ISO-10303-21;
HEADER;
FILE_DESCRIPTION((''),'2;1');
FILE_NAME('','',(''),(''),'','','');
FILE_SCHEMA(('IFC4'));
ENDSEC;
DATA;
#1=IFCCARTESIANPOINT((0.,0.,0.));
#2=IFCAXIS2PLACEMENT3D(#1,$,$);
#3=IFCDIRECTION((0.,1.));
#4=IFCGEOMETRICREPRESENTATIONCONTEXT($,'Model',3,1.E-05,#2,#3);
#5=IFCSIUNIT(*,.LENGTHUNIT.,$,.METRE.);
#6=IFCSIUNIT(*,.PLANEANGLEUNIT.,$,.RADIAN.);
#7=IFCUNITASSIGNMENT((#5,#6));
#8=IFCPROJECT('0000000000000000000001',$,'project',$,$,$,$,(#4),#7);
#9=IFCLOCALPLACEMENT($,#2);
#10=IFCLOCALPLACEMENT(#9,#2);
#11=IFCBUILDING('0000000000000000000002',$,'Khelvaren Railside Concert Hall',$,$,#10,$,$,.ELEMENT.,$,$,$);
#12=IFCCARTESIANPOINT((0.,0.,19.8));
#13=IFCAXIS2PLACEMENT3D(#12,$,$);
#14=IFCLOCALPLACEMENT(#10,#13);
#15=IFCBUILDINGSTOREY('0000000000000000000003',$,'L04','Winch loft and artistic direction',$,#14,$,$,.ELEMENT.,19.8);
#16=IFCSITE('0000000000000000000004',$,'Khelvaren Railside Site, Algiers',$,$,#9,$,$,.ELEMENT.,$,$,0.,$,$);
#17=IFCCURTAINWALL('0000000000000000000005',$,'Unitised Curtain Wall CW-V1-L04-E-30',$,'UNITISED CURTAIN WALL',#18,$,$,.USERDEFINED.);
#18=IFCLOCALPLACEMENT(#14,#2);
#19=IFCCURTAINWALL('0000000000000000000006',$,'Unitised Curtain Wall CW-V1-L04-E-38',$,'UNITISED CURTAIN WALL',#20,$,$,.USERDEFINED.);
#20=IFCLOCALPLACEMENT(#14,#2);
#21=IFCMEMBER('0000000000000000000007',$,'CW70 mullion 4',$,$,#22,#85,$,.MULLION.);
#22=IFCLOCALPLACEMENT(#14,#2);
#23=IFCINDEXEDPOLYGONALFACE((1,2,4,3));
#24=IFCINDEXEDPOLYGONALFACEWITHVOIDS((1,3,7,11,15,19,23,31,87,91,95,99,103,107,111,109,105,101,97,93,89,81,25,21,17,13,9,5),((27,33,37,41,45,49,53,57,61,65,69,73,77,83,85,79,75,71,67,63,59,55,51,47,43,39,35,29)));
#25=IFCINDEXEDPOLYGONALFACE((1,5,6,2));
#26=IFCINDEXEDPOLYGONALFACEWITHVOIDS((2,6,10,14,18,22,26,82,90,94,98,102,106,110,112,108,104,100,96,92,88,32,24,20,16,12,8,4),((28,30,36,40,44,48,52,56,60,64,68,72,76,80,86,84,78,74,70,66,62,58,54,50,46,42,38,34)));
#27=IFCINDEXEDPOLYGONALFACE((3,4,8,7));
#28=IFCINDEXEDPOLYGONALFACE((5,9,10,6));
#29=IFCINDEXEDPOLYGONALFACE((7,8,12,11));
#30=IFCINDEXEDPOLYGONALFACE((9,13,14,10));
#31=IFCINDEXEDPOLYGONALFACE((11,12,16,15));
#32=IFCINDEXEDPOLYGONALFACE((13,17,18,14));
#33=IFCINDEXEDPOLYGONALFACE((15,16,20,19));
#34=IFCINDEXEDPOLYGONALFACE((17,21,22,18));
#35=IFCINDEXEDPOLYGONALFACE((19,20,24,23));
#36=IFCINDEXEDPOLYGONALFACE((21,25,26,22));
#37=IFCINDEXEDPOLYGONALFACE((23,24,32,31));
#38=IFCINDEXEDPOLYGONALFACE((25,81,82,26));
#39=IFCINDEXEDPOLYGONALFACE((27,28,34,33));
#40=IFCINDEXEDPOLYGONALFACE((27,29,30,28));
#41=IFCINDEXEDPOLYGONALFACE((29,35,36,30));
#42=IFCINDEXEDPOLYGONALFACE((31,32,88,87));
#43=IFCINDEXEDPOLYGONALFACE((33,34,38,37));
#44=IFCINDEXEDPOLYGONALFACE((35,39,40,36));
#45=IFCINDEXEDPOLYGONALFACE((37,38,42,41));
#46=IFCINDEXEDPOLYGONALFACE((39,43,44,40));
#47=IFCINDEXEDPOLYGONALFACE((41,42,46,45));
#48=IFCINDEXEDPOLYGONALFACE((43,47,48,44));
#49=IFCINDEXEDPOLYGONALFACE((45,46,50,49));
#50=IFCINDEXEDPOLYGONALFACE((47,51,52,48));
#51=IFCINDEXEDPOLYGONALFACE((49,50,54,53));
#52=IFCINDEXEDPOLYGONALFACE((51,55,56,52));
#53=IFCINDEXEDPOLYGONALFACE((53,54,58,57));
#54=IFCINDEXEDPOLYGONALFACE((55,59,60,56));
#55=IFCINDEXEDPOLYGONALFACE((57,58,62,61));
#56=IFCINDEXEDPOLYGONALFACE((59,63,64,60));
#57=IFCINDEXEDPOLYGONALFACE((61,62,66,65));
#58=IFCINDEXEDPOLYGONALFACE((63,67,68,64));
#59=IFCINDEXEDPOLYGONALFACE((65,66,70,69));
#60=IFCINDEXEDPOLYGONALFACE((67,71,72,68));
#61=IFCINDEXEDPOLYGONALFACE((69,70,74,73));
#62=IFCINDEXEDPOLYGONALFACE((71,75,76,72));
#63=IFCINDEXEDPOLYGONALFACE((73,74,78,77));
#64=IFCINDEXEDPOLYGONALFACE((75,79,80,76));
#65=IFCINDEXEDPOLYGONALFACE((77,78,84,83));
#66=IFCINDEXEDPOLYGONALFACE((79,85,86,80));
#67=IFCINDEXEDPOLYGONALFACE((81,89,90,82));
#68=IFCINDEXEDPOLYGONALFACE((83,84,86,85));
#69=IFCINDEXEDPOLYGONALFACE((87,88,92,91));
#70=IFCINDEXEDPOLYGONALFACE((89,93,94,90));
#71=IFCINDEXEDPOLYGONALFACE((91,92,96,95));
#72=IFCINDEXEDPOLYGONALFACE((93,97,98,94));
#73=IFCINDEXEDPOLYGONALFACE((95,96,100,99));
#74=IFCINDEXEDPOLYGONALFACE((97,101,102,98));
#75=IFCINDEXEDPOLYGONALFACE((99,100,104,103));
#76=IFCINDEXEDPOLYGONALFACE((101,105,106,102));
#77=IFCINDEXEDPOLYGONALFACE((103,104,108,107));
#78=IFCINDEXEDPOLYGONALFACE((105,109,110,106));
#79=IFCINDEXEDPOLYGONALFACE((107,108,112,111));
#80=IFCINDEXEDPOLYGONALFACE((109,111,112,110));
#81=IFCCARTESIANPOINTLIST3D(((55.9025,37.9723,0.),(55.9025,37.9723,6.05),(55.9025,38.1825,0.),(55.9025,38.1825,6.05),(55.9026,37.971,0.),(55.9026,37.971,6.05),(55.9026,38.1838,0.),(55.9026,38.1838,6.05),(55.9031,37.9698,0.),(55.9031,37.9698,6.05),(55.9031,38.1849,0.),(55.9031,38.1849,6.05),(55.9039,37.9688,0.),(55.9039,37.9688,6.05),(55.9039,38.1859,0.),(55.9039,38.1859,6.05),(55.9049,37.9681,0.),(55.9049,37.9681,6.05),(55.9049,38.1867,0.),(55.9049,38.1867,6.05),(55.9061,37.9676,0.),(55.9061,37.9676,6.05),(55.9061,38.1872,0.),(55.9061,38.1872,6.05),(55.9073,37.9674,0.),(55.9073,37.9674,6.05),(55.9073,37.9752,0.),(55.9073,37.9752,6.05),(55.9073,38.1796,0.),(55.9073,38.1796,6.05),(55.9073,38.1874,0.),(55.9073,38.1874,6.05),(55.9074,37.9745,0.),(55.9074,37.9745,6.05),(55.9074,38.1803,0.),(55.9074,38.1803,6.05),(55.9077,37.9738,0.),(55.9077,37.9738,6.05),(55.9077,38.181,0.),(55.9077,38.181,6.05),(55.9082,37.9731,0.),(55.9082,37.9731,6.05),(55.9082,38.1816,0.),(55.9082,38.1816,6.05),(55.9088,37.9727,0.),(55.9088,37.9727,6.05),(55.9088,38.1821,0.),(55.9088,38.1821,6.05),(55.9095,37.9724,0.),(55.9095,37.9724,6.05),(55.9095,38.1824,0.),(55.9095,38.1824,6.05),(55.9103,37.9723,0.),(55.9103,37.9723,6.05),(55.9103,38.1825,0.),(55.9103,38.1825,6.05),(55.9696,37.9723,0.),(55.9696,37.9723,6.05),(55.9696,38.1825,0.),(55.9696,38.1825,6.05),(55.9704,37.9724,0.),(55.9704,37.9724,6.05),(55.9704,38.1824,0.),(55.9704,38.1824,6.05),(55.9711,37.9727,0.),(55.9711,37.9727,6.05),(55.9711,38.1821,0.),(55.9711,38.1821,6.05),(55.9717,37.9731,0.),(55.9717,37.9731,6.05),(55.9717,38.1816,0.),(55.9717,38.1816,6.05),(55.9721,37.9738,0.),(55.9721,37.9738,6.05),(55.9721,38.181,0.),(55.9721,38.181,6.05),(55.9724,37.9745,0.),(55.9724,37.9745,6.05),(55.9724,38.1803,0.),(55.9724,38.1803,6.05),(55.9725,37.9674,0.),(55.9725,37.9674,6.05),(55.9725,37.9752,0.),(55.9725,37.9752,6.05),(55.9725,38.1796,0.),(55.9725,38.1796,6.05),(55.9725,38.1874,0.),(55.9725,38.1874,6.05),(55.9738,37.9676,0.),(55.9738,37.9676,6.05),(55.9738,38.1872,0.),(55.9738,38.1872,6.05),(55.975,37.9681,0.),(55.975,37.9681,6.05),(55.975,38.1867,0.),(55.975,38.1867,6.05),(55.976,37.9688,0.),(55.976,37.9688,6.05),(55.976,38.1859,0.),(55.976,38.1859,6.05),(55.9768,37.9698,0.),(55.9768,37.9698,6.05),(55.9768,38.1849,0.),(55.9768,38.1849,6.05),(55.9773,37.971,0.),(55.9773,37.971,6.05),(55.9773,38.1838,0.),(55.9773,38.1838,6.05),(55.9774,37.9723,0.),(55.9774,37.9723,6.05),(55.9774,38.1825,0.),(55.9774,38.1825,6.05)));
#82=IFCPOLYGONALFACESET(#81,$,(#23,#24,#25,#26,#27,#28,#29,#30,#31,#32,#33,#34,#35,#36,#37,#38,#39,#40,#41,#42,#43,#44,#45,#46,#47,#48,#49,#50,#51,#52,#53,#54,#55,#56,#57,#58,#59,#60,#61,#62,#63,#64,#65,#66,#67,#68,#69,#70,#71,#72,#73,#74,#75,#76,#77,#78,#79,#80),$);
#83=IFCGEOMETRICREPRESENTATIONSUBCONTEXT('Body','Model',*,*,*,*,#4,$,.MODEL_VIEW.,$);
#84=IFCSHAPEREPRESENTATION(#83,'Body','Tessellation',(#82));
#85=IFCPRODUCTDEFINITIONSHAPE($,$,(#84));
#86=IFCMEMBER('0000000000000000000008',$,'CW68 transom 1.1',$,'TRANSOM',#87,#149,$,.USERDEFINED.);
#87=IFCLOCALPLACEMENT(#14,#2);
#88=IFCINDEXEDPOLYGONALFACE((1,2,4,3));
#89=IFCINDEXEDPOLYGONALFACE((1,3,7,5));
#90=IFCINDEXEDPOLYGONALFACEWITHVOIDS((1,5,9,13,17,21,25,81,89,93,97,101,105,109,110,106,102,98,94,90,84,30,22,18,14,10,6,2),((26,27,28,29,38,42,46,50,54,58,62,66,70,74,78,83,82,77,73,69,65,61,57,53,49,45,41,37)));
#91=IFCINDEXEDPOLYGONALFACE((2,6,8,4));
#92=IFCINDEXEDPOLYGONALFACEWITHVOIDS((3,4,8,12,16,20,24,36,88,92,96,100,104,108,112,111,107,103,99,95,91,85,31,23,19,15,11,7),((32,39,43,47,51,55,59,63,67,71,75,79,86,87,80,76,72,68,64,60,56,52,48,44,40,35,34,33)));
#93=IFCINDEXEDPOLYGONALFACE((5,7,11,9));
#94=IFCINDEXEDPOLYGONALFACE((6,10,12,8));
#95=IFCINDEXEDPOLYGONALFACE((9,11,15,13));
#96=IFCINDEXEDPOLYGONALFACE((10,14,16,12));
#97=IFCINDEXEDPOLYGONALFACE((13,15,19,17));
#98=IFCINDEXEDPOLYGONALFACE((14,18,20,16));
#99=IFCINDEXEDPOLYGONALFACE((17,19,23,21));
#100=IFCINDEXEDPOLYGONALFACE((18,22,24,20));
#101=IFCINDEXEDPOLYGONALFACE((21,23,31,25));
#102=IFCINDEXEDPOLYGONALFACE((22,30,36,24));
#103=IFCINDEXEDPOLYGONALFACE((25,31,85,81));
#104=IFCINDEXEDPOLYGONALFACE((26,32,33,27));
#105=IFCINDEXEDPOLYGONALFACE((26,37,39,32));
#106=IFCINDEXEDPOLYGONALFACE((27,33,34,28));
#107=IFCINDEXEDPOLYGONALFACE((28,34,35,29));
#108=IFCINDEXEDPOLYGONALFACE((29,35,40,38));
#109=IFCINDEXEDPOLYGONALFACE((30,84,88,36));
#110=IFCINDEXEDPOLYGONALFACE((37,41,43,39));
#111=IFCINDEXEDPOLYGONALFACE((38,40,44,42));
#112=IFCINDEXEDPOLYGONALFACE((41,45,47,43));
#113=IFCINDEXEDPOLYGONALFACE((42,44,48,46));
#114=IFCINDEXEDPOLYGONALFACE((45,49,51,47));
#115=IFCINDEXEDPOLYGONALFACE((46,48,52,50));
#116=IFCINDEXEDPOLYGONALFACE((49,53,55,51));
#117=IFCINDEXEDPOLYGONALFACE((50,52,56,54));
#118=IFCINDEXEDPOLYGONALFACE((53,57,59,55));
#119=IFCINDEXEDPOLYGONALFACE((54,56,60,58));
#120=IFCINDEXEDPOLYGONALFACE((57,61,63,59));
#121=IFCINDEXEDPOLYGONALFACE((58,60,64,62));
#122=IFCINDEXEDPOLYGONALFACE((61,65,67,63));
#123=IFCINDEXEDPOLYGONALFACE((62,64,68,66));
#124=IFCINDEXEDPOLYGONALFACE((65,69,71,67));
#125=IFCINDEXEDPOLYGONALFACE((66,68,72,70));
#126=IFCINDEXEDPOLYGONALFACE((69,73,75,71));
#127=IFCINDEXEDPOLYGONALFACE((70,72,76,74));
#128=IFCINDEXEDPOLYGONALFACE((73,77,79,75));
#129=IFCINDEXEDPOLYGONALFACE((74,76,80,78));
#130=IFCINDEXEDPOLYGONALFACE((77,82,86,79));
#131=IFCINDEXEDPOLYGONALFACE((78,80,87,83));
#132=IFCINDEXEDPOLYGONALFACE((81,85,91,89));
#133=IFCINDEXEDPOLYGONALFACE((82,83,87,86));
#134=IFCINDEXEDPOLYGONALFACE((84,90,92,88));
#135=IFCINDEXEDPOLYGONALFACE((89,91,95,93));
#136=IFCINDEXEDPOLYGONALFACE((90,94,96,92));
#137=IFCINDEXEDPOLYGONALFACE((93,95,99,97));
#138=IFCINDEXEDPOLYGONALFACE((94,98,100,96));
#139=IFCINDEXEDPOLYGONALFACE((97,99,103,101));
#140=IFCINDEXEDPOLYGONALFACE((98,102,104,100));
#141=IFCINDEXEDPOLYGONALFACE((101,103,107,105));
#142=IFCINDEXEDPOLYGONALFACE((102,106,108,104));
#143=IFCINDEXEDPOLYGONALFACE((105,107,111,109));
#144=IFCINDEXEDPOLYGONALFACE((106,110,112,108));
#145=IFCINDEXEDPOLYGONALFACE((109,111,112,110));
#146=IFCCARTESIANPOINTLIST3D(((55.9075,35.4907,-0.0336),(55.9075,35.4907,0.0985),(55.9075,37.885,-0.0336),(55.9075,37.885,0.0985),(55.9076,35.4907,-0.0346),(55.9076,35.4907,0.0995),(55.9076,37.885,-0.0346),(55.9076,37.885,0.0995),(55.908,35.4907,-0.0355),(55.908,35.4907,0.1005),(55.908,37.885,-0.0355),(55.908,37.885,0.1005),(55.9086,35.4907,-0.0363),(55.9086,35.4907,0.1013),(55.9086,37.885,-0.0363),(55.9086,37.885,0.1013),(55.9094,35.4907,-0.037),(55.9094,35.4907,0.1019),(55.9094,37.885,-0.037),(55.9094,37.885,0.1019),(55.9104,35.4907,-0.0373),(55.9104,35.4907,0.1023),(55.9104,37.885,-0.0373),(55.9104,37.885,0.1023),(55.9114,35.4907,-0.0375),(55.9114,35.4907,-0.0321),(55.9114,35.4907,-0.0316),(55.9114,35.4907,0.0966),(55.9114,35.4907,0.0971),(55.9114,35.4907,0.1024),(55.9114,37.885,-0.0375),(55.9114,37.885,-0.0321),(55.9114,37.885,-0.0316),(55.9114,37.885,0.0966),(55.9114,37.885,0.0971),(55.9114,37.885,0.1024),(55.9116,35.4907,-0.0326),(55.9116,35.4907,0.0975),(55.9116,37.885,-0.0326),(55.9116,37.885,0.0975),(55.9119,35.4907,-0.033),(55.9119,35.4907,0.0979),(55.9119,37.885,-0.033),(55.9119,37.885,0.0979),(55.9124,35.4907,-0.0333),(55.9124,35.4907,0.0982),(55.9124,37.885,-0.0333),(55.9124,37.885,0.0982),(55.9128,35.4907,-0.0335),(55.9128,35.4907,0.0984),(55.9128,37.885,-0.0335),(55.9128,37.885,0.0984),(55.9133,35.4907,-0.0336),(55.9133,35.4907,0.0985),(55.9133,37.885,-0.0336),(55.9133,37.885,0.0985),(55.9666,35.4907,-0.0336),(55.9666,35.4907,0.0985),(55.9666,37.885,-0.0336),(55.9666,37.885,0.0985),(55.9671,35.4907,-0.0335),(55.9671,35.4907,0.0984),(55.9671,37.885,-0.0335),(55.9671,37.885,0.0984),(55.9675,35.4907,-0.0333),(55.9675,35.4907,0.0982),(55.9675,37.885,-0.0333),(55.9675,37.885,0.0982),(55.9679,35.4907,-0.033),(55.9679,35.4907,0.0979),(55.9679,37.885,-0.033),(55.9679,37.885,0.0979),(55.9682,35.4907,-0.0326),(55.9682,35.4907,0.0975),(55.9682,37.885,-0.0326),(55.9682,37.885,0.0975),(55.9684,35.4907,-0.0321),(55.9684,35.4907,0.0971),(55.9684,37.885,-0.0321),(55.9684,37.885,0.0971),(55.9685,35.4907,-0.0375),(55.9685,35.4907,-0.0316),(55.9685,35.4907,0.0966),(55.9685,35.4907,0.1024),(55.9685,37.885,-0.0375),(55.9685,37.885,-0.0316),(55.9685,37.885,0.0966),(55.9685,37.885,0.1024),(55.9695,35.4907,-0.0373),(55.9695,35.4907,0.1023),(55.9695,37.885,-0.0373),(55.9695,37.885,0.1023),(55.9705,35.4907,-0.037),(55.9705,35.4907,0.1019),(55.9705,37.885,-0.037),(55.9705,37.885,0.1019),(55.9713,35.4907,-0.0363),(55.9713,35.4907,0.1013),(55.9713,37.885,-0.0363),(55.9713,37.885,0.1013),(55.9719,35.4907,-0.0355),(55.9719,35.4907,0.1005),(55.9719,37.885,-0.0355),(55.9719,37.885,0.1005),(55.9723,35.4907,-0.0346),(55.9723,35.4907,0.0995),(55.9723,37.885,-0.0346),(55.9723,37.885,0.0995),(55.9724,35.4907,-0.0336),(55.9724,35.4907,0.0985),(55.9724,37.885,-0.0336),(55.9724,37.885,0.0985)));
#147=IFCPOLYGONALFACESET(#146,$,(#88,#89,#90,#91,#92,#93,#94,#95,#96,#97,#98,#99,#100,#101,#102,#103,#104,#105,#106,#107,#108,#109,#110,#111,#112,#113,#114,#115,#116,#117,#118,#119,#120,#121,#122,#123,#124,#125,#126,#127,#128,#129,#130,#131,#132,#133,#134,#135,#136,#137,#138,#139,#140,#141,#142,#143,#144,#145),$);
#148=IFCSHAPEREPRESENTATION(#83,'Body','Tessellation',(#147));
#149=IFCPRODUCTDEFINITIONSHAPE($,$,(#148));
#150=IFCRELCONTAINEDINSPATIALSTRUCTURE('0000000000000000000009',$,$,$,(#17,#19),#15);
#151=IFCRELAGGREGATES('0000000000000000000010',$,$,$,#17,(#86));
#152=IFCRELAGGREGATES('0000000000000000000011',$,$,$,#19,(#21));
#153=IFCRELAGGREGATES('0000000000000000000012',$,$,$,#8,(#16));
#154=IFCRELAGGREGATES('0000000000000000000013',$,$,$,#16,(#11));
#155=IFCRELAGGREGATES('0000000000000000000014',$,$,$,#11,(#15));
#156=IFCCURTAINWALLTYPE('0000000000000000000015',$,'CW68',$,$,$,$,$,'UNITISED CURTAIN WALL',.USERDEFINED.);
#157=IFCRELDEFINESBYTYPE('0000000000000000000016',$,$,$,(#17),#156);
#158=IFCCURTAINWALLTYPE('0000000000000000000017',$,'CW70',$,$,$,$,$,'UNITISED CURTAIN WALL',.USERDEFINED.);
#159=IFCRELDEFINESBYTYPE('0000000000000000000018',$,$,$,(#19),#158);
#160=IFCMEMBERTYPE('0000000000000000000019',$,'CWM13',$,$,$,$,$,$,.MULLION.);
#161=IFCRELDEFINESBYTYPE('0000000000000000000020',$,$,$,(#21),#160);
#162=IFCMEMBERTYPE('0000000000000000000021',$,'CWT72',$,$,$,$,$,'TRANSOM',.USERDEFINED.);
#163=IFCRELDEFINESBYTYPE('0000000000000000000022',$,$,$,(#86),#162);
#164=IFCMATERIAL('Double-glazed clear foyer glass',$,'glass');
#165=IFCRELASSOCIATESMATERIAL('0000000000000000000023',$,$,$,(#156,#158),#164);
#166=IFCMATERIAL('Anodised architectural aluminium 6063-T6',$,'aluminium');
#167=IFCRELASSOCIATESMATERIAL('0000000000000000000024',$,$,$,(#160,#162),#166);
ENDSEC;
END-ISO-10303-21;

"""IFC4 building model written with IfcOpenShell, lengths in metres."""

from ifc_helpers import new_model, si_unit, direction, frame, origin, origin_2d, place, context, subcontext, project, spatial, hollow_rectangle, extrude, material, material_profile, profile_set, type_object, element, aggregate, save


model = new_model("IFC4")

# Units and contexts
model_context = context("Model", 3, precision=1e-05, world=origin(), true_north=direction((0.0, 1.0)))
body_context = subcontext(model_context, "Body", "Model", "MODEL_VIEW")
ifc_project = project(units=[si_unit("LENGTHUNIT", "METRE"), si_unit("PLANEANGLEUNIT", "RADIAN")], contexts=[model_context])

# Site, building, storey
site_placement = place(None, origin())
site = spatial("IfcSite", under=ifc_project, at=site_placement, Name="Khelvaren Railside Site, Algiers", CompositionType="ELEMENT", RefElevation=0.0)
building_placement = place(site_placement, origin())
building = spatial("IfcBuilding", under=site, at=building_placement, Name="Khelvaren Railside Concert Hall", CompositionType="ELEMENT")
storey_placement = place(building_placement, frame((0.0, 0.0, 19.8)))
storey = spatial("IfcBuildingStorey", under=building, at=storey_placement, Name="L04", Description="Winch loft and artistic direction", CompositionType="ELEMENT", Elevation=19.8)

# Curtain walls, member
ifc_material_1 = material(Name="Double-glazed clear foyer glass", Category="glass")
curtain_wall_type_1 = type_object("IfcCurtainWallType", Name="CW68", ElementType="UNITISED CURTAIN WALL", PredefinedType="USERDEFINED", material=ifc_material_1)
curtain_wall_1_placement = place(storey_placement, origin())
curtain_wall_1 = element("IfcCurtainWall", 1, at=curtain_wall_1_placement, inside=storey, type_object=curtain_wall_type_1, Name="Unitised Curtain Wall CW-V1-L04-E-30", ObjectType="UNITISED CURTAIN WALL", PredefinedType="USERDEFINED")
ifc_material_2 = material(Name="Anodised architectural aluminium 6063-T6", Category="aluminium")
ifc_material_profile_1 = material_profile(ifc_material_2, hollow_rectangle(XDim=0.075, YDim=0.22, WallThickness=0.0049, InnerFilletRadius=0.0029, OuterFilletRadius=0.0049, at=origin_2d()), Name="CWM 75x220x5")
ifc_profile_set_1 = profile_set([ifc_material_profile_1], Name="Anodised architectural aluminium 6063-T6")
member_type_1 = type_object("IfcMemberType", Name="CWM13", PredefinedType="MULLION", material=ifc_profile_set_1)
curtain_wall_type_2 = type_object("IfcCurtainWallType", Name="CW70", ElementType="UNITISED CURTAIN WALL", PredefinedType="USERDEFINED", material=ifc_material_1)
curtain_wall_2_placement = place(storey_placement, origin())
curtain_wall_2 = element("IfcCurtainWall", 2, at=curtain_wall_2_placement, inside=storey, type_object=curtain_wall_type_2, Name="Unitised Curtain Wall CW-V1-L04-E-38", ObjectType="UNITISED CURTAIN WALL", PredefinedType="USERDEFINED")
member_1_placement = place(storey_placement, frame((55.9399, 38.0774, 0.0), z_axis=(0.0, 0.0, 1.0), x_axis=(1.0, 0.0, 0.0)))
member_1 = element("IfcMember", 3, at=member_1_placement, type_object=member_type_1, Name="CW70 mullion 4", PredefinedType="MULLION", context=body_context, shape_type="SweptSolid", body=[
    extrude(hollow_rectangle(XDim=0.075, YDim=0.22, WallThickness=0.0049, InnerFilletRadius=0.0029, OuterFilletRadius=0.0049, at=origin_2d()), origin(), (0.0, 0.0, 1.0), 6.05),
])

# Member
ifc_material_profile_2 = material_profile(ifc_material_2, hollow_rectangle(XDim=0.0649, YDim=0.1399, WallThickness=0.0039, InnerFilletRadius=0.002, OuterFilletRadius=0.0039, at=origin_2d()), Name="CWT 65x140x4")
ifc_profile_set_2 = profile_set([ifc_material_profile_2], Name="Anodised architectural aluminium 6063-T6")
member_type_2 = type_object("IfcMemberType", Name="CWT72", ElementType="TRANSOM", PredefinedType="USERDEFINED", material=ifc_profile_set_2)
member_2_placement = place(storey_placement, frame((55.9399, 37.885, 0.0325), z_axis=(0.0, -1.0, 0.0), x_axis=(1.0, 0.0, 0.0)))
member_2 = element("IfcMember", 4, at=member_2_placement, type_object=member_type_2, Name="CW68 transom 1.1", ObjectType="TRANSOM", PredefinedType="USERDEFINED", context=body_context, shape_type="SweptSolid", body=[
    extrude(hollow_rectangle(XDim=0.0649, YDim=0.1399, WallThickness=0.0039, InnerFilletRadius=0.002, OuterFilletRadius=0.0039, at=origin_2d()), origin(), (0.0, 0.0, 1.0), 2.3943),
])

aggregate(curtain_wall_1, [member_2])
aggregate(curtain_wall_2, [member_1])

save(model, "model.ifc")
